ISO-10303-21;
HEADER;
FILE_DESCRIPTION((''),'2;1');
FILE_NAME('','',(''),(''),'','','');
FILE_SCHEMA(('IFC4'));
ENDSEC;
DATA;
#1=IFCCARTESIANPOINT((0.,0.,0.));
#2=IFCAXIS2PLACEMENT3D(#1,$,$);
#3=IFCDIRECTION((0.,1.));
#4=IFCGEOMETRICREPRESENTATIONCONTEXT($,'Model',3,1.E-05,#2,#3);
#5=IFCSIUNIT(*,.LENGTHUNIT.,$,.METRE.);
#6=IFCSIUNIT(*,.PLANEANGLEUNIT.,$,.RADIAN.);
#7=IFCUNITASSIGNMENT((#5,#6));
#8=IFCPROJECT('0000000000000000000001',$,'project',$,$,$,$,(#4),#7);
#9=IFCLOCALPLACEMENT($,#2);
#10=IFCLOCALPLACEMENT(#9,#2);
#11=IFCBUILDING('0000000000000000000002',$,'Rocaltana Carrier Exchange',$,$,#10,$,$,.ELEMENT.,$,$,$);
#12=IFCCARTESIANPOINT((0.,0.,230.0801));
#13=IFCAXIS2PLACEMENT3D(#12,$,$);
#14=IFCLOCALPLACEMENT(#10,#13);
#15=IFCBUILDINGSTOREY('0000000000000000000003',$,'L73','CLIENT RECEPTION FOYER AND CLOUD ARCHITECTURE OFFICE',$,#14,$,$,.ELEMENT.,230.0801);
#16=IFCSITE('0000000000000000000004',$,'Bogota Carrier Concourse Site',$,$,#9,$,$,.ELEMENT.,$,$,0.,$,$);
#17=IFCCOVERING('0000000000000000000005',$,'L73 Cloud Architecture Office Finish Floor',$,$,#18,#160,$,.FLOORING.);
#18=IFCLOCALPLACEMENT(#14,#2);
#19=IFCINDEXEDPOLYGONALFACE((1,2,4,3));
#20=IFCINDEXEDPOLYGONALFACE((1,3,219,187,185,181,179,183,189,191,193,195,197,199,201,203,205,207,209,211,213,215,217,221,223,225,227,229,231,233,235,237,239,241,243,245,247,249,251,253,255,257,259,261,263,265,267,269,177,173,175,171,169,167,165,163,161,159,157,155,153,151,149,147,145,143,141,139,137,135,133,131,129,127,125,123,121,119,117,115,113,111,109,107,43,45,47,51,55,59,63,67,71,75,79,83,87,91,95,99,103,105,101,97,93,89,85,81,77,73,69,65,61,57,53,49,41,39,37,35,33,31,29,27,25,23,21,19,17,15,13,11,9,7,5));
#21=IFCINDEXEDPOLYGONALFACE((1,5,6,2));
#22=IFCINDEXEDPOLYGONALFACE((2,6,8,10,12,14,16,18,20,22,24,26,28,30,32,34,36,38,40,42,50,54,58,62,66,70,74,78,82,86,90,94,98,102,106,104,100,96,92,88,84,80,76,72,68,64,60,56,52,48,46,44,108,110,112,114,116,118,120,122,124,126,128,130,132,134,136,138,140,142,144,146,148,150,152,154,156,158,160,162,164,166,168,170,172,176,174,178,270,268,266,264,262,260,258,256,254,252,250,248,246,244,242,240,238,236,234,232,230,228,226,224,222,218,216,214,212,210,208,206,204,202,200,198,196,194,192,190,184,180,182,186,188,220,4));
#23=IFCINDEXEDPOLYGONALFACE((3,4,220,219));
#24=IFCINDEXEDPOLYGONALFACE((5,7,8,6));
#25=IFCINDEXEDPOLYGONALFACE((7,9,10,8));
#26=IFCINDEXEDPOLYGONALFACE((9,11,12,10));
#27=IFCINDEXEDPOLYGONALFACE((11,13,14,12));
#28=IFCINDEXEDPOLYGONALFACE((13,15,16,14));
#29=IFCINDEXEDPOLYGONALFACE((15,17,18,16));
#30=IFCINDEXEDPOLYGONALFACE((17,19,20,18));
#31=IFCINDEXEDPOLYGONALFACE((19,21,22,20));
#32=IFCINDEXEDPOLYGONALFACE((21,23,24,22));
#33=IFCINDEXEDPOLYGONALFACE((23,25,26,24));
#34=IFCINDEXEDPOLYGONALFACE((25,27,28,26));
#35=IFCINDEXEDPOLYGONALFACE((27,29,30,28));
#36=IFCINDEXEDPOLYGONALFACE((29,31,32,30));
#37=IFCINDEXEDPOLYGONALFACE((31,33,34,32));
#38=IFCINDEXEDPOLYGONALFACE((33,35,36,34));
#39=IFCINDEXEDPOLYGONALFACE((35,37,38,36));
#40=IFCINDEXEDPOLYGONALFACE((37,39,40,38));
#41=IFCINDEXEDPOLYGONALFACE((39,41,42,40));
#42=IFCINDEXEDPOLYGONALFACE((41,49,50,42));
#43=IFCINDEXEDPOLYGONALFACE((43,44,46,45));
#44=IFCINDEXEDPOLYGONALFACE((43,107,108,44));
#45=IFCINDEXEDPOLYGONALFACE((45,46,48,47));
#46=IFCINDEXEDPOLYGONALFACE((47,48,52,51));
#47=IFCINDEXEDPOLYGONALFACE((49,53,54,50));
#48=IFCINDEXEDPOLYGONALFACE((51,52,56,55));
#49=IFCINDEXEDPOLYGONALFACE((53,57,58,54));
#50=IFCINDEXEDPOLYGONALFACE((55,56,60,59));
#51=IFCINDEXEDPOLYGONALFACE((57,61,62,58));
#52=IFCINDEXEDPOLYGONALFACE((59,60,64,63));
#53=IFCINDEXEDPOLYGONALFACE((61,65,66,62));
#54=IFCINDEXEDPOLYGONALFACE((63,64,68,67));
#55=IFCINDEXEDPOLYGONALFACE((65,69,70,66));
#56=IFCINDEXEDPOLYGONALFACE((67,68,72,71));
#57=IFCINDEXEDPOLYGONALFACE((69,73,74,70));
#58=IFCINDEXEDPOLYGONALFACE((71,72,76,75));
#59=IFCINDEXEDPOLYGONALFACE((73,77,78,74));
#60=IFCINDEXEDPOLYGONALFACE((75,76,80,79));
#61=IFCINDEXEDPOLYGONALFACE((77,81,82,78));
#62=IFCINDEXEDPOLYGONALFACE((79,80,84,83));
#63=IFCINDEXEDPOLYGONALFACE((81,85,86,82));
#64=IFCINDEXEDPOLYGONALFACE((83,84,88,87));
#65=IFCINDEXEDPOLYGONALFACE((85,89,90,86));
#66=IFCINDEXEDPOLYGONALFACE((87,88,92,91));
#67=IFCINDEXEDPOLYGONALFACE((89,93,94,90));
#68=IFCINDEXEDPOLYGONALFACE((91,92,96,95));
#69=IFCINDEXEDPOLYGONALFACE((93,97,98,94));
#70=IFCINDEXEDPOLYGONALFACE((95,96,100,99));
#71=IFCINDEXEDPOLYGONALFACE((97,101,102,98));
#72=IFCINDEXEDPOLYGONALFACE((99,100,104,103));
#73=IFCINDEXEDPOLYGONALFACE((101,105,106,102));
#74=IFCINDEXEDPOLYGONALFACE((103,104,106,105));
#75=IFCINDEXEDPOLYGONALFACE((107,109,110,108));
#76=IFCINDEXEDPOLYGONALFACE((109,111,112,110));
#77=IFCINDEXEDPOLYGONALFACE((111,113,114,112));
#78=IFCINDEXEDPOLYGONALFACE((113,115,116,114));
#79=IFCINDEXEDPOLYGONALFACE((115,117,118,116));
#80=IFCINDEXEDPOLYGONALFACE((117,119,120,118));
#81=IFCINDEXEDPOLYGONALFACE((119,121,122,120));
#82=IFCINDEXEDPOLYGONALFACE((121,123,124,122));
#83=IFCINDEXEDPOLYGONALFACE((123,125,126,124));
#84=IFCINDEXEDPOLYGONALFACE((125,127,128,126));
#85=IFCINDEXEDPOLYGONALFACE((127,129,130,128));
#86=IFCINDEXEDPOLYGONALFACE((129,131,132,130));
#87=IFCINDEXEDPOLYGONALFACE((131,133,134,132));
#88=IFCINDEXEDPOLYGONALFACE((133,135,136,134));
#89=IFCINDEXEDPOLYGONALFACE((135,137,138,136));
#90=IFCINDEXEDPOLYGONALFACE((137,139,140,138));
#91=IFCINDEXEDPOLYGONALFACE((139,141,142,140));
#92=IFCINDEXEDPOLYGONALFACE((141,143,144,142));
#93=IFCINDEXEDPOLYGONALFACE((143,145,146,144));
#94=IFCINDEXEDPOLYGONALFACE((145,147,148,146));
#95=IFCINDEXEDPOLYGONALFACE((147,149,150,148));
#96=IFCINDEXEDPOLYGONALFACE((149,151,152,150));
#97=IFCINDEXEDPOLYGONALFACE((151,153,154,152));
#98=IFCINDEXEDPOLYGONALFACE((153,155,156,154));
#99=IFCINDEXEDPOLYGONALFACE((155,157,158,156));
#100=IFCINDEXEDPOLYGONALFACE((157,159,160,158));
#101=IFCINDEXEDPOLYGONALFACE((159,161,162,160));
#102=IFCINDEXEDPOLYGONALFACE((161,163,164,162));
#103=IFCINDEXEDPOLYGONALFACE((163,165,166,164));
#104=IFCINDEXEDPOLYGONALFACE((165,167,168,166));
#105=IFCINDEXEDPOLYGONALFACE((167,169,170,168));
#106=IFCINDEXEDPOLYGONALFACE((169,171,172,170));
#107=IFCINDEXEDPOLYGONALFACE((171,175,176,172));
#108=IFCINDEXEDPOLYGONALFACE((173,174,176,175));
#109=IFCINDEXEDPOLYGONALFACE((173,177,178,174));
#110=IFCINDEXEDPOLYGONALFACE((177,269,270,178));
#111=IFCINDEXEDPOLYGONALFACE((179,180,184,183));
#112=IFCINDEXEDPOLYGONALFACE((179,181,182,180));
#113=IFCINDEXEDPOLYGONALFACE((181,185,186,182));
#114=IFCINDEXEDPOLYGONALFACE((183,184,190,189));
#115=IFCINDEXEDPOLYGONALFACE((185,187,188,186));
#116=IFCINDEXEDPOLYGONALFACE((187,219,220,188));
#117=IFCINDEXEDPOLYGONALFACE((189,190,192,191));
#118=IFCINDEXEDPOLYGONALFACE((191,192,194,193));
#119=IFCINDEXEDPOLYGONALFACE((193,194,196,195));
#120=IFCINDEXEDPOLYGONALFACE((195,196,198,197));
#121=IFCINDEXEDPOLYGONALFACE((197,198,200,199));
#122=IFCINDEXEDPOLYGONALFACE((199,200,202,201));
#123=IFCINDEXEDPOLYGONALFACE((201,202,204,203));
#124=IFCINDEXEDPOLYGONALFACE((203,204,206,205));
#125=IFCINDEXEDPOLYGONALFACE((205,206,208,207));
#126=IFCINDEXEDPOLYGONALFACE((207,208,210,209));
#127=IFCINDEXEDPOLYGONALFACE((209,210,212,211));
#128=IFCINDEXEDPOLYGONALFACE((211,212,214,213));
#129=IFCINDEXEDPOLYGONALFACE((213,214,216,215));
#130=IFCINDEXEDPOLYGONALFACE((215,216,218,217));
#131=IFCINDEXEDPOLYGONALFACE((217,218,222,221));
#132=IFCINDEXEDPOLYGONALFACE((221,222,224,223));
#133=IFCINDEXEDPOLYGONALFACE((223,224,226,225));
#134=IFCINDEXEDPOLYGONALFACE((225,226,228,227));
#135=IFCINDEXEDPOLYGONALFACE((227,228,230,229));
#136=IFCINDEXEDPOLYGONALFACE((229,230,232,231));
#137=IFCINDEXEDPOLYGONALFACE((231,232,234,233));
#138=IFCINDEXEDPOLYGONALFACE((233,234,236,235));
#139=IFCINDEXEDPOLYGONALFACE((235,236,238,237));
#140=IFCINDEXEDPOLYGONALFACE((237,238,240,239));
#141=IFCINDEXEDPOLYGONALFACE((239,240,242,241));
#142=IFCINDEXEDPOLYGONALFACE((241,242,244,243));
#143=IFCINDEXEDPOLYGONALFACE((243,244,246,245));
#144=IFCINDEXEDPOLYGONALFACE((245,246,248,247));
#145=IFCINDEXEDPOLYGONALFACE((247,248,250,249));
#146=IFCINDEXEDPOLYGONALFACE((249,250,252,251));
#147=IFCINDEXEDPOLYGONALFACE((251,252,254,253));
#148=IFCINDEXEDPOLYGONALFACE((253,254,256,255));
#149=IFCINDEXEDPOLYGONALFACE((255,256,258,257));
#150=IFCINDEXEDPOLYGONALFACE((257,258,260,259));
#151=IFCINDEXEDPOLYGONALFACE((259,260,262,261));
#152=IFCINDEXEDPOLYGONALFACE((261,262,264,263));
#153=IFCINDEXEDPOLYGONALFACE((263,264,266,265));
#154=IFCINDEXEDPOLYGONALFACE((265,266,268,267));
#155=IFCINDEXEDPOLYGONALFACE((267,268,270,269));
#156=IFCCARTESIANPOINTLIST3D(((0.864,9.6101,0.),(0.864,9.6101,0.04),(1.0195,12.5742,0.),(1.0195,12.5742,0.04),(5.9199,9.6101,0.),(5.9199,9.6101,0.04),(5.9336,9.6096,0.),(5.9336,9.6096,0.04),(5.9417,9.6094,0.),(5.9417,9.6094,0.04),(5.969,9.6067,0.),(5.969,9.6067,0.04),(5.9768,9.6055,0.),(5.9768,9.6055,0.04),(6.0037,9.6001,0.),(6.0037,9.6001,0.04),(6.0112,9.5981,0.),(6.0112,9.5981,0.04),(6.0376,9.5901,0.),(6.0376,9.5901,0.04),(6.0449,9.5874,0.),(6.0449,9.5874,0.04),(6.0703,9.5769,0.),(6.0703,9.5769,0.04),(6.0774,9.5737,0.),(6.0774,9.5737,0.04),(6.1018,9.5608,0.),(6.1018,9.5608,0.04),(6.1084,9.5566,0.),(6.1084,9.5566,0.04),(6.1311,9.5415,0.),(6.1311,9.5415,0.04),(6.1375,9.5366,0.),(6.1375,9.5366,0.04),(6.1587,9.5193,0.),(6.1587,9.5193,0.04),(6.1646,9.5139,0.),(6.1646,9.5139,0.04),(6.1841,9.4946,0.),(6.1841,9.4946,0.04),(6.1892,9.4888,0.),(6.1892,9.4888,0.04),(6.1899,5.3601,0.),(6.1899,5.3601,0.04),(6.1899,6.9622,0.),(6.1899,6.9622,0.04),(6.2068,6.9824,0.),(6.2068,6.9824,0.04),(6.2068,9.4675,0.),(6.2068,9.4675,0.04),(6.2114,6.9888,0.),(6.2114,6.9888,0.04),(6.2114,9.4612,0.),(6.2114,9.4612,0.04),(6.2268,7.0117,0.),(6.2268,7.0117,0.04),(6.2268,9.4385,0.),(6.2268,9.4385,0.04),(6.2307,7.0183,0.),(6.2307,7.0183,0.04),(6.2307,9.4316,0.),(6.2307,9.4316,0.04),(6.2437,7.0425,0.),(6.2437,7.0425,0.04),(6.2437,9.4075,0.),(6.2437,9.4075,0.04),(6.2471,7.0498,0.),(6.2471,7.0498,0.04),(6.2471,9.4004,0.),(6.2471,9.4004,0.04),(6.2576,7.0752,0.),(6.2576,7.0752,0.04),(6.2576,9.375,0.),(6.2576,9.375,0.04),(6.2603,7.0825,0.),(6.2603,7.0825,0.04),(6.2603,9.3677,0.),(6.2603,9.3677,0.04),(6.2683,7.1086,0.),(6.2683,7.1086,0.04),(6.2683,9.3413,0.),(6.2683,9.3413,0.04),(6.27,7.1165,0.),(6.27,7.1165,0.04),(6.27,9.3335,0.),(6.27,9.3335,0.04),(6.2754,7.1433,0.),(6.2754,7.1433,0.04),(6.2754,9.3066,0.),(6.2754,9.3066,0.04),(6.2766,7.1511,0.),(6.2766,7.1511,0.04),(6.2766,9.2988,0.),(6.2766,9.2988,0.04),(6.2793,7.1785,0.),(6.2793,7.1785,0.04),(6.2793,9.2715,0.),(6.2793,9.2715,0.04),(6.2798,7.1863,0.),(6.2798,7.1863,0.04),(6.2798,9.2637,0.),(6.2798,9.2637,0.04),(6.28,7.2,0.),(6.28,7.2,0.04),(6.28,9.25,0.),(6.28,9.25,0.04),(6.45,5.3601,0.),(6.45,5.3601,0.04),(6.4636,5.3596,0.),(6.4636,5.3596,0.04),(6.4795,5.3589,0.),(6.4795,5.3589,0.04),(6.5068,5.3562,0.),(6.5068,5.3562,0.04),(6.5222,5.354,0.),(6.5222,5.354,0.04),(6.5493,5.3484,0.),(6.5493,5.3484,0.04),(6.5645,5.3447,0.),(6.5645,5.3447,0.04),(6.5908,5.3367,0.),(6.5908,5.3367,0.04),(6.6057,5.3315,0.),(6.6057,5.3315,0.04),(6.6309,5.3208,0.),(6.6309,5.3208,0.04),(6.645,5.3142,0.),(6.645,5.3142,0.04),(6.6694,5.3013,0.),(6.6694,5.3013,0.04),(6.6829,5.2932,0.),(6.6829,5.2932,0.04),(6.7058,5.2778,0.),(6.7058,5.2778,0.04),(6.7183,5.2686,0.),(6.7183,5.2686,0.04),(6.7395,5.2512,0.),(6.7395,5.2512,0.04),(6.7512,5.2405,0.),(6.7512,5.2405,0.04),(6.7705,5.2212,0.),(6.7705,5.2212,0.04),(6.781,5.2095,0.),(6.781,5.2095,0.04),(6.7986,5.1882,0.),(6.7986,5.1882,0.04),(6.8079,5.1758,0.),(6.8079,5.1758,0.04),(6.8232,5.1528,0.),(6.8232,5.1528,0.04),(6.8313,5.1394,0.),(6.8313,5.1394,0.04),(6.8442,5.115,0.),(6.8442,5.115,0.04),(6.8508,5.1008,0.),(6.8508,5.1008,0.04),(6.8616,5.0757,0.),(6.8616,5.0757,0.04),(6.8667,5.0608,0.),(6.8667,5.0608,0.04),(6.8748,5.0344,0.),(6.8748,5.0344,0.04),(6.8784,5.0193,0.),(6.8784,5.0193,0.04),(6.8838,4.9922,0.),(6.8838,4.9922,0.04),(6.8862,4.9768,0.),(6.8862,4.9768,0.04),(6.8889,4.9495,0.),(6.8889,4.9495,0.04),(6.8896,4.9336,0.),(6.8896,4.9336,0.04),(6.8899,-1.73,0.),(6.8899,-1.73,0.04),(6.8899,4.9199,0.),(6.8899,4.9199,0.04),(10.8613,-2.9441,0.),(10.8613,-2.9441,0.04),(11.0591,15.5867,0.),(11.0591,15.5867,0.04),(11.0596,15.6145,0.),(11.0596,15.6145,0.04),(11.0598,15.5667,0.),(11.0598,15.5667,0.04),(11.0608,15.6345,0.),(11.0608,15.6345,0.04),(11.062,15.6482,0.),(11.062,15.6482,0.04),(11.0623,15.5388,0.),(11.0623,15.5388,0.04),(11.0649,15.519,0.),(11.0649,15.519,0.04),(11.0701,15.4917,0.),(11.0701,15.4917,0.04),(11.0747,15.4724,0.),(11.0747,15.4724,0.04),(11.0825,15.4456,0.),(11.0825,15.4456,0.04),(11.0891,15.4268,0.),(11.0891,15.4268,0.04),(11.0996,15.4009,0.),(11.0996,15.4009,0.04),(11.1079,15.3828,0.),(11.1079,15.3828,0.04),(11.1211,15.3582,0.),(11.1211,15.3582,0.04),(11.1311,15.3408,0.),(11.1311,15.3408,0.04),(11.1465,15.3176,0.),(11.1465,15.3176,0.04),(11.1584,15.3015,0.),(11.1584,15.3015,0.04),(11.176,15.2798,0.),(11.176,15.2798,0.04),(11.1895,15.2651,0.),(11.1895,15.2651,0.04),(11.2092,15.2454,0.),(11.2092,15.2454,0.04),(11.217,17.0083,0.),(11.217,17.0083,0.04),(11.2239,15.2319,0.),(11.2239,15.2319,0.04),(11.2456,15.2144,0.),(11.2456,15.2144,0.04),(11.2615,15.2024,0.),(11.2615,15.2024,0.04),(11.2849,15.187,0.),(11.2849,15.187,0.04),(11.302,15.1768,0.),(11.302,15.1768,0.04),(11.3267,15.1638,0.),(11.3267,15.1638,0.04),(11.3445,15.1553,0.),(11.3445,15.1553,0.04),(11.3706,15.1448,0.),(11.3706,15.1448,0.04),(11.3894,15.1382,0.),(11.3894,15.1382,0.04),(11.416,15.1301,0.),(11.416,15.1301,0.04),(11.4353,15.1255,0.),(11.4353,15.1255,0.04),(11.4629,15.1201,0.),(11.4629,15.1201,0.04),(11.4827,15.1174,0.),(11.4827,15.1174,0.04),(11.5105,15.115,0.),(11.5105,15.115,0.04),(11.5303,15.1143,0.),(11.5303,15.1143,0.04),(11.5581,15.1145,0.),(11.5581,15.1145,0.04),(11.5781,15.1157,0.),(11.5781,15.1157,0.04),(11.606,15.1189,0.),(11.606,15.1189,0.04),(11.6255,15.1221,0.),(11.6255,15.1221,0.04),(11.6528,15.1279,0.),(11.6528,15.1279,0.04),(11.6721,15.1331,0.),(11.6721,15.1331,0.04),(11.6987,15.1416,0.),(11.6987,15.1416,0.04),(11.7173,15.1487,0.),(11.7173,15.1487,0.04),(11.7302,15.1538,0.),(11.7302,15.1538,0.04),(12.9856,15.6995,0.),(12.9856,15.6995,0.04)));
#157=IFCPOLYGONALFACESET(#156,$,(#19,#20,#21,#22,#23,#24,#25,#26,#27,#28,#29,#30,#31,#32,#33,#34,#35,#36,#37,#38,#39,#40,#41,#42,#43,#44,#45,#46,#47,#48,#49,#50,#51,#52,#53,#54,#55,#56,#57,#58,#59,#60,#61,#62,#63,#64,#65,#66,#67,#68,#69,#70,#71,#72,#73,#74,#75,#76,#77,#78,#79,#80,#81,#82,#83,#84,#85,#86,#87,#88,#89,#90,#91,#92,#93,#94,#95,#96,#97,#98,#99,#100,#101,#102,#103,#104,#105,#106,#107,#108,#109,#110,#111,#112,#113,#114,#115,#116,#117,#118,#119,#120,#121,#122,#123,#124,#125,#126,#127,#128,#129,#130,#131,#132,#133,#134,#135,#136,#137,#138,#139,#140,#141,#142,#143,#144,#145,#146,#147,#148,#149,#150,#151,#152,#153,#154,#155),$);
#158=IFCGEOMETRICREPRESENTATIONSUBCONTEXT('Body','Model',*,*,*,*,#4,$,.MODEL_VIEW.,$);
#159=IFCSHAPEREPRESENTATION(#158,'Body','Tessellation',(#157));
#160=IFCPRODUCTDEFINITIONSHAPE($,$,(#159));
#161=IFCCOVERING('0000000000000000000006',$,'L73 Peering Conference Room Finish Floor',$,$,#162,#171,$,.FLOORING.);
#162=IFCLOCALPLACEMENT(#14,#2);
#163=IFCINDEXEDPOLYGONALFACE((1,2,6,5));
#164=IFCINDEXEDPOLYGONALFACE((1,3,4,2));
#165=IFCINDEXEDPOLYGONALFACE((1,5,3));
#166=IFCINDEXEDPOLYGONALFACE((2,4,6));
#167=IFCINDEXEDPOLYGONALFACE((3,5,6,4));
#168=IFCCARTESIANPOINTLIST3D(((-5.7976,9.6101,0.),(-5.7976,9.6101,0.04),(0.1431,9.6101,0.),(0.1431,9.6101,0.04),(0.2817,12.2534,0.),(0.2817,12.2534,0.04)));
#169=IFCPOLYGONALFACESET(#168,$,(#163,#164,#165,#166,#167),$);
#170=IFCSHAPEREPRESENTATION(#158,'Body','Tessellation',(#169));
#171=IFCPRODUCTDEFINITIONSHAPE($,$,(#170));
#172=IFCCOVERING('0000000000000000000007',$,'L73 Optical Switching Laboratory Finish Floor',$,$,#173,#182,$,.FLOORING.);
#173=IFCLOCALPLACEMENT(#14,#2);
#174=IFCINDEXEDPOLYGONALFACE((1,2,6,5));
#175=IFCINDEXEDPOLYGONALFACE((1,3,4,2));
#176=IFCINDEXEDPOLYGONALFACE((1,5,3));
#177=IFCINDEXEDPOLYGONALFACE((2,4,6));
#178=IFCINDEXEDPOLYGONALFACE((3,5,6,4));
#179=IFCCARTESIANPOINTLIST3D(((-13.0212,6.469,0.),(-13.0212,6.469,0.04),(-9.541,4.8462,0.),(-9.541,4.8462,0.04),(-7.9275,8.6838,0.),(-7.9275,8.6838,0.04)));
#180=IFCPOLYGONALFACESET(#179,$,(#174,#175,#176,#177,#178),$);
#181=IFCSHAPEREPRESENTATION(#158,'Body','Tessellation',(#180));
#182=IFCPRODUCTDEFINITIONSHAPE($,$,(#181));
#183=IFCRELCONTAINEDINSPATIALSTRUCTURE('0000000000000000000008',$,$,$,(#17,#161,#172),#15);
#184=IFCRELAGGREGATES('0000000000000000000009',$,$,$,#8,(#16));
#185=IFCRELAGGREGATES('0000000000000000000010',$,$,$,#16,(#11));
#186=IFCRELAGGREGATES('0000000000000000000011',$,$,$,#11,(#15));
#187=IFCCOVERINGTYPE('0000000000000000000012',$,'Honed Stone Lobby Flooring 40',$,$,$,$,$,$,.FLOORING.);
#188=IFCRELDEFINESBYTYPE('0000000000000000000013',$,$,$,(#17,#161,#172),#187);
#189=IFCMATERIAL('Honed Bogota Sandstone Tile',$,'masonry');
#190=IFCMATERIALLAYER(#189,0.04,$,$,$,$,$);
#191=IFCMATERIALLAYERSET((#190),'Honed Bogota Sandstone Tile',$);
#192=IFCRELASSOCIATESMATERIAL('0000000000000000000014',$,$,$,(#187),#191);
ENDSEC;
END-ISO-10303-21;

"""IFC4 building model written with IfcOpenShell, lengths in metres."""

from ifc_helpers import new_model, si_unit, direction, frame, origin, place, context, subcontext, project, spatial, polyline, outline, extrude, material, layer, layer_set, type_object, element, save


model = new_model("IFC4")

# Units and contexts
model_context = context("Model", 3, precision=1e-05, world=origin(), true_north=direction((0.0, 1.0)))
body_context = subcontext(model_context, "Body", "Model", "MODEL_VIEW")
ifc_project = project(units=[si_unit("LENGTHUNIT", "METRE"), si_unit("PLANEANGLEUNIT", "RADIAN")], contexts=[model_context])

# Site, building, storey
site_placement = place(None, origin())
site = spatial("IfcSite", under=ifc_project, at=site_placement, Name="Bogota Carrier Concourse Site", CompositionType="ELEMENT", RefElevation=0.0)
building_placement = place(site_placement, origin())
building = spatial("IfcBuilding", under=site, at=building_placement, Name="Rocaltana Carrier Exchange", CompositionType="ELEMENT")
storey_placement = place(building_placement, frame((0.0, 0.0, 230.0801)))
storey = spatial("IfcBuildingStorey", under=building, at=storey_placement, Name="L73", Description="CLIENT RECEPTION FOYER AND CLOUD ARCHITECTURE OFFICE", CompositionType="ELEMENT", Elevation=230.0801)

# Coverings
ifc_material_1 = material(Name="Honed Bogota Sandstone Tile", Category="masonry")
ifc_layer_1 = layer(ifc_material_1, 0.04)
ifc_layer_set_1 = layer_set([ifc_layer_1], Name="Honed Bogota Sandstone Tile")
covering_type_1 = type_object("IfcCoveringType", Name="Honed Stone Lobby Flooring 40", PredefinedType="FLOORING", material=ifc_layer_set_1)
covering_1_placement = place(storey_placement, origin())
element("IfcCovering", 1, at=covering_1_placement, inside=storey, type_object=covering_type_1, Name="L73 Cloud Architecture Office Finish Floor", PredefinedType="FLOORING", context=body_context, shape_type="SweptSolid", body=[
    extrude(outline(polyline([(6.1899, 6.9622), (6.2068, 6.9824), (6.2114, 6.9888), (6.2268, 7.0117), (6.2307, 7.0183), (6.2437, 7.0425), (6.2471, 7.0498), (6.2576, 7.0752), (6.2603, 7.0825), (6.2683, 7.1086), (6.27, 7.1165), (6.2754, 7.1433), (6.2766, 7.1511), (6.2793, 7.1785), (6.2798, 7.1863), (6.28, 7.2), (6.28, 9.25), (6.2798, 9.2637), (6.2793, 9.2715), (6.2766, 9.2988), (6.2754, 9.3066), (6.27, 9.3335), (6.2683, 9.3413), (6.2603, 9.3677), (6.2576, 9.375), (6.2471, 9.4004), (6.2437, 9.4075), (6.2307, 9.4316), (6.2268, 9.4385), (6.2114, 9.4612), (6.2068, 9.4675), (6.1892, 9.4888), (6.1841, 9.4946), (6.1646, 9.5139), (6.1587, 9.5193), (6.1375, 9.5366), (6.1311, 9.5415), (6.1084, 9.5566), (6.1018, 9.5608), (6.0774, 9.5737), (6.0703, 9.5769), (6.0449, 9.5874), (6.0376, 9.5901), (6.0112, 9.5981), (6.0037, 9.6001), (5.9768, 9.6055), (5.969, 9.6067), (5.9417, 9.6094), (5.9336, 9.6096), (5.9199, 9.6101), (0.864, 9.6101), (1.0195, 12.5742), (11.217, 17.0083), (11.062, 15.6482), (11.0608, 15.6345), (11.0596, 15.6145), (11.0591, 15.5867), (11.0598, 15.5667), (11.0623, 15.5388), (11.0649, 15.519), (11.0701, 15.4917), (11.0747, 15.4724), (11.0825, 15.4456), (11.0891, 15.4268), (11.0996, 15.4009), (11.1079, 15.3828), (11.1211, 15.3582), (11.1311, 15.3408), (11.1465, 15.3176), (11.1584, 15.3015), (11.176, 15.2798), (11.1895, 15.2651), (11.2092, 15.2454), (11.2239, 15.2319), (11.2456, 15.2144), (11.2615, 15.2024), (11.2849, 15.187), (11.302, 15.1768), (11.3267, 15.1638), (11.3445, 15.1553), (11.3706, 15.1448), (11.3894, 15.1382), (11.416, 15.1301), (11.4353, 15.1255), (11.4629, 15.1201), (11.4827, 15.1174), (11.5105, 15.115), (11.5303, 15.1143), (11.5581, 15.1145), (11.5781, 15.1157), (11.606, 15.1189), (11.6255, 15.1221), (11.6528, 15.1279), (11.6721, 15.1331), (11.6987, 15.1416), (11.7173, 15.1487), (11.7302, 15.1538), (12.9856, 15.6995), (10.8613, -2.9441), (6.8899, -1.73), (6.8899, 4.9199), (6.8896, 4.9336), (6.8889, 4.9495), (6.8862, 4.9768), (6.8838, 4.9922), (6.8784, 5.0193), (6.8748, 5.0344), (6.8667, 5.0608), (6.8616, 5.0757), (6.8508, 5.1008), (6.8442, 5.115), (6.8313, 5.1394), (6.8232, 5.1528), (6.8079, 5.1758), (6.7986, 5.1882), (6.781, 5.2095), (6.7705, 5.2212), (6.7512, 5.2405), (6.7395, 5.2512), (6.7183, 5.2686), (6.7058, 5.2778), (6.6829, 5.2932), (6.6694, 5.3013), (6.645, 5.3142), (6.6309, 5.3208), (6.6057, 5.3315), (6.5908, 5.3367), (6.5645, 5.3447), (6.5493, 5.3484), (6.5222, 5.354), (6.5068, 5.3562), (6.4795, 5.3589), (6.4636, 5.3596), (6.45, 5.3601), (6.1899, 5.3601), (6.1899, 6.9622)])), origin(), (0.0, 0.0, 1.0), 0.04),
])
covering_2_placement = place(storey_placement, origin())
element("IfcCovering", 2, at=covering_2_placement, inside=storey, type_object=covering_type_1, Name="L73 Peering Conference Room Finish Floor", PredefinedType="FLOORING", context=body_context, shape_type="SweptSolid", body=[
    extrude(outline(polyline([(-5.7976, 9.6101), (0.2817, 12.2534), (0.1431, 9.6101), (-5.7976, 9.6101)])), origin(), (0.0, 0.0, 1.0), 0.04),
])
covering_3_placement = place(storey_placement, origin())
element("IfcCovering", 3, at=covering_3_placement, inside=storey, type_object=covering_type_1, Name="L73 Optical Switching Laboratory Finish Floor", PredefinedType="FLOORING", context=body_context, shape_type="SweptSolid", body=[
    extrude(outline(polyline([(-7.9275, 8.6838), (-9.541, 4.8462), (-13.0212, 6.469), (-7.9275, 8.6838)])), origin(), (0.0, 0.0, 1.0), 0.04),
])

save(model, "model.ifc")
